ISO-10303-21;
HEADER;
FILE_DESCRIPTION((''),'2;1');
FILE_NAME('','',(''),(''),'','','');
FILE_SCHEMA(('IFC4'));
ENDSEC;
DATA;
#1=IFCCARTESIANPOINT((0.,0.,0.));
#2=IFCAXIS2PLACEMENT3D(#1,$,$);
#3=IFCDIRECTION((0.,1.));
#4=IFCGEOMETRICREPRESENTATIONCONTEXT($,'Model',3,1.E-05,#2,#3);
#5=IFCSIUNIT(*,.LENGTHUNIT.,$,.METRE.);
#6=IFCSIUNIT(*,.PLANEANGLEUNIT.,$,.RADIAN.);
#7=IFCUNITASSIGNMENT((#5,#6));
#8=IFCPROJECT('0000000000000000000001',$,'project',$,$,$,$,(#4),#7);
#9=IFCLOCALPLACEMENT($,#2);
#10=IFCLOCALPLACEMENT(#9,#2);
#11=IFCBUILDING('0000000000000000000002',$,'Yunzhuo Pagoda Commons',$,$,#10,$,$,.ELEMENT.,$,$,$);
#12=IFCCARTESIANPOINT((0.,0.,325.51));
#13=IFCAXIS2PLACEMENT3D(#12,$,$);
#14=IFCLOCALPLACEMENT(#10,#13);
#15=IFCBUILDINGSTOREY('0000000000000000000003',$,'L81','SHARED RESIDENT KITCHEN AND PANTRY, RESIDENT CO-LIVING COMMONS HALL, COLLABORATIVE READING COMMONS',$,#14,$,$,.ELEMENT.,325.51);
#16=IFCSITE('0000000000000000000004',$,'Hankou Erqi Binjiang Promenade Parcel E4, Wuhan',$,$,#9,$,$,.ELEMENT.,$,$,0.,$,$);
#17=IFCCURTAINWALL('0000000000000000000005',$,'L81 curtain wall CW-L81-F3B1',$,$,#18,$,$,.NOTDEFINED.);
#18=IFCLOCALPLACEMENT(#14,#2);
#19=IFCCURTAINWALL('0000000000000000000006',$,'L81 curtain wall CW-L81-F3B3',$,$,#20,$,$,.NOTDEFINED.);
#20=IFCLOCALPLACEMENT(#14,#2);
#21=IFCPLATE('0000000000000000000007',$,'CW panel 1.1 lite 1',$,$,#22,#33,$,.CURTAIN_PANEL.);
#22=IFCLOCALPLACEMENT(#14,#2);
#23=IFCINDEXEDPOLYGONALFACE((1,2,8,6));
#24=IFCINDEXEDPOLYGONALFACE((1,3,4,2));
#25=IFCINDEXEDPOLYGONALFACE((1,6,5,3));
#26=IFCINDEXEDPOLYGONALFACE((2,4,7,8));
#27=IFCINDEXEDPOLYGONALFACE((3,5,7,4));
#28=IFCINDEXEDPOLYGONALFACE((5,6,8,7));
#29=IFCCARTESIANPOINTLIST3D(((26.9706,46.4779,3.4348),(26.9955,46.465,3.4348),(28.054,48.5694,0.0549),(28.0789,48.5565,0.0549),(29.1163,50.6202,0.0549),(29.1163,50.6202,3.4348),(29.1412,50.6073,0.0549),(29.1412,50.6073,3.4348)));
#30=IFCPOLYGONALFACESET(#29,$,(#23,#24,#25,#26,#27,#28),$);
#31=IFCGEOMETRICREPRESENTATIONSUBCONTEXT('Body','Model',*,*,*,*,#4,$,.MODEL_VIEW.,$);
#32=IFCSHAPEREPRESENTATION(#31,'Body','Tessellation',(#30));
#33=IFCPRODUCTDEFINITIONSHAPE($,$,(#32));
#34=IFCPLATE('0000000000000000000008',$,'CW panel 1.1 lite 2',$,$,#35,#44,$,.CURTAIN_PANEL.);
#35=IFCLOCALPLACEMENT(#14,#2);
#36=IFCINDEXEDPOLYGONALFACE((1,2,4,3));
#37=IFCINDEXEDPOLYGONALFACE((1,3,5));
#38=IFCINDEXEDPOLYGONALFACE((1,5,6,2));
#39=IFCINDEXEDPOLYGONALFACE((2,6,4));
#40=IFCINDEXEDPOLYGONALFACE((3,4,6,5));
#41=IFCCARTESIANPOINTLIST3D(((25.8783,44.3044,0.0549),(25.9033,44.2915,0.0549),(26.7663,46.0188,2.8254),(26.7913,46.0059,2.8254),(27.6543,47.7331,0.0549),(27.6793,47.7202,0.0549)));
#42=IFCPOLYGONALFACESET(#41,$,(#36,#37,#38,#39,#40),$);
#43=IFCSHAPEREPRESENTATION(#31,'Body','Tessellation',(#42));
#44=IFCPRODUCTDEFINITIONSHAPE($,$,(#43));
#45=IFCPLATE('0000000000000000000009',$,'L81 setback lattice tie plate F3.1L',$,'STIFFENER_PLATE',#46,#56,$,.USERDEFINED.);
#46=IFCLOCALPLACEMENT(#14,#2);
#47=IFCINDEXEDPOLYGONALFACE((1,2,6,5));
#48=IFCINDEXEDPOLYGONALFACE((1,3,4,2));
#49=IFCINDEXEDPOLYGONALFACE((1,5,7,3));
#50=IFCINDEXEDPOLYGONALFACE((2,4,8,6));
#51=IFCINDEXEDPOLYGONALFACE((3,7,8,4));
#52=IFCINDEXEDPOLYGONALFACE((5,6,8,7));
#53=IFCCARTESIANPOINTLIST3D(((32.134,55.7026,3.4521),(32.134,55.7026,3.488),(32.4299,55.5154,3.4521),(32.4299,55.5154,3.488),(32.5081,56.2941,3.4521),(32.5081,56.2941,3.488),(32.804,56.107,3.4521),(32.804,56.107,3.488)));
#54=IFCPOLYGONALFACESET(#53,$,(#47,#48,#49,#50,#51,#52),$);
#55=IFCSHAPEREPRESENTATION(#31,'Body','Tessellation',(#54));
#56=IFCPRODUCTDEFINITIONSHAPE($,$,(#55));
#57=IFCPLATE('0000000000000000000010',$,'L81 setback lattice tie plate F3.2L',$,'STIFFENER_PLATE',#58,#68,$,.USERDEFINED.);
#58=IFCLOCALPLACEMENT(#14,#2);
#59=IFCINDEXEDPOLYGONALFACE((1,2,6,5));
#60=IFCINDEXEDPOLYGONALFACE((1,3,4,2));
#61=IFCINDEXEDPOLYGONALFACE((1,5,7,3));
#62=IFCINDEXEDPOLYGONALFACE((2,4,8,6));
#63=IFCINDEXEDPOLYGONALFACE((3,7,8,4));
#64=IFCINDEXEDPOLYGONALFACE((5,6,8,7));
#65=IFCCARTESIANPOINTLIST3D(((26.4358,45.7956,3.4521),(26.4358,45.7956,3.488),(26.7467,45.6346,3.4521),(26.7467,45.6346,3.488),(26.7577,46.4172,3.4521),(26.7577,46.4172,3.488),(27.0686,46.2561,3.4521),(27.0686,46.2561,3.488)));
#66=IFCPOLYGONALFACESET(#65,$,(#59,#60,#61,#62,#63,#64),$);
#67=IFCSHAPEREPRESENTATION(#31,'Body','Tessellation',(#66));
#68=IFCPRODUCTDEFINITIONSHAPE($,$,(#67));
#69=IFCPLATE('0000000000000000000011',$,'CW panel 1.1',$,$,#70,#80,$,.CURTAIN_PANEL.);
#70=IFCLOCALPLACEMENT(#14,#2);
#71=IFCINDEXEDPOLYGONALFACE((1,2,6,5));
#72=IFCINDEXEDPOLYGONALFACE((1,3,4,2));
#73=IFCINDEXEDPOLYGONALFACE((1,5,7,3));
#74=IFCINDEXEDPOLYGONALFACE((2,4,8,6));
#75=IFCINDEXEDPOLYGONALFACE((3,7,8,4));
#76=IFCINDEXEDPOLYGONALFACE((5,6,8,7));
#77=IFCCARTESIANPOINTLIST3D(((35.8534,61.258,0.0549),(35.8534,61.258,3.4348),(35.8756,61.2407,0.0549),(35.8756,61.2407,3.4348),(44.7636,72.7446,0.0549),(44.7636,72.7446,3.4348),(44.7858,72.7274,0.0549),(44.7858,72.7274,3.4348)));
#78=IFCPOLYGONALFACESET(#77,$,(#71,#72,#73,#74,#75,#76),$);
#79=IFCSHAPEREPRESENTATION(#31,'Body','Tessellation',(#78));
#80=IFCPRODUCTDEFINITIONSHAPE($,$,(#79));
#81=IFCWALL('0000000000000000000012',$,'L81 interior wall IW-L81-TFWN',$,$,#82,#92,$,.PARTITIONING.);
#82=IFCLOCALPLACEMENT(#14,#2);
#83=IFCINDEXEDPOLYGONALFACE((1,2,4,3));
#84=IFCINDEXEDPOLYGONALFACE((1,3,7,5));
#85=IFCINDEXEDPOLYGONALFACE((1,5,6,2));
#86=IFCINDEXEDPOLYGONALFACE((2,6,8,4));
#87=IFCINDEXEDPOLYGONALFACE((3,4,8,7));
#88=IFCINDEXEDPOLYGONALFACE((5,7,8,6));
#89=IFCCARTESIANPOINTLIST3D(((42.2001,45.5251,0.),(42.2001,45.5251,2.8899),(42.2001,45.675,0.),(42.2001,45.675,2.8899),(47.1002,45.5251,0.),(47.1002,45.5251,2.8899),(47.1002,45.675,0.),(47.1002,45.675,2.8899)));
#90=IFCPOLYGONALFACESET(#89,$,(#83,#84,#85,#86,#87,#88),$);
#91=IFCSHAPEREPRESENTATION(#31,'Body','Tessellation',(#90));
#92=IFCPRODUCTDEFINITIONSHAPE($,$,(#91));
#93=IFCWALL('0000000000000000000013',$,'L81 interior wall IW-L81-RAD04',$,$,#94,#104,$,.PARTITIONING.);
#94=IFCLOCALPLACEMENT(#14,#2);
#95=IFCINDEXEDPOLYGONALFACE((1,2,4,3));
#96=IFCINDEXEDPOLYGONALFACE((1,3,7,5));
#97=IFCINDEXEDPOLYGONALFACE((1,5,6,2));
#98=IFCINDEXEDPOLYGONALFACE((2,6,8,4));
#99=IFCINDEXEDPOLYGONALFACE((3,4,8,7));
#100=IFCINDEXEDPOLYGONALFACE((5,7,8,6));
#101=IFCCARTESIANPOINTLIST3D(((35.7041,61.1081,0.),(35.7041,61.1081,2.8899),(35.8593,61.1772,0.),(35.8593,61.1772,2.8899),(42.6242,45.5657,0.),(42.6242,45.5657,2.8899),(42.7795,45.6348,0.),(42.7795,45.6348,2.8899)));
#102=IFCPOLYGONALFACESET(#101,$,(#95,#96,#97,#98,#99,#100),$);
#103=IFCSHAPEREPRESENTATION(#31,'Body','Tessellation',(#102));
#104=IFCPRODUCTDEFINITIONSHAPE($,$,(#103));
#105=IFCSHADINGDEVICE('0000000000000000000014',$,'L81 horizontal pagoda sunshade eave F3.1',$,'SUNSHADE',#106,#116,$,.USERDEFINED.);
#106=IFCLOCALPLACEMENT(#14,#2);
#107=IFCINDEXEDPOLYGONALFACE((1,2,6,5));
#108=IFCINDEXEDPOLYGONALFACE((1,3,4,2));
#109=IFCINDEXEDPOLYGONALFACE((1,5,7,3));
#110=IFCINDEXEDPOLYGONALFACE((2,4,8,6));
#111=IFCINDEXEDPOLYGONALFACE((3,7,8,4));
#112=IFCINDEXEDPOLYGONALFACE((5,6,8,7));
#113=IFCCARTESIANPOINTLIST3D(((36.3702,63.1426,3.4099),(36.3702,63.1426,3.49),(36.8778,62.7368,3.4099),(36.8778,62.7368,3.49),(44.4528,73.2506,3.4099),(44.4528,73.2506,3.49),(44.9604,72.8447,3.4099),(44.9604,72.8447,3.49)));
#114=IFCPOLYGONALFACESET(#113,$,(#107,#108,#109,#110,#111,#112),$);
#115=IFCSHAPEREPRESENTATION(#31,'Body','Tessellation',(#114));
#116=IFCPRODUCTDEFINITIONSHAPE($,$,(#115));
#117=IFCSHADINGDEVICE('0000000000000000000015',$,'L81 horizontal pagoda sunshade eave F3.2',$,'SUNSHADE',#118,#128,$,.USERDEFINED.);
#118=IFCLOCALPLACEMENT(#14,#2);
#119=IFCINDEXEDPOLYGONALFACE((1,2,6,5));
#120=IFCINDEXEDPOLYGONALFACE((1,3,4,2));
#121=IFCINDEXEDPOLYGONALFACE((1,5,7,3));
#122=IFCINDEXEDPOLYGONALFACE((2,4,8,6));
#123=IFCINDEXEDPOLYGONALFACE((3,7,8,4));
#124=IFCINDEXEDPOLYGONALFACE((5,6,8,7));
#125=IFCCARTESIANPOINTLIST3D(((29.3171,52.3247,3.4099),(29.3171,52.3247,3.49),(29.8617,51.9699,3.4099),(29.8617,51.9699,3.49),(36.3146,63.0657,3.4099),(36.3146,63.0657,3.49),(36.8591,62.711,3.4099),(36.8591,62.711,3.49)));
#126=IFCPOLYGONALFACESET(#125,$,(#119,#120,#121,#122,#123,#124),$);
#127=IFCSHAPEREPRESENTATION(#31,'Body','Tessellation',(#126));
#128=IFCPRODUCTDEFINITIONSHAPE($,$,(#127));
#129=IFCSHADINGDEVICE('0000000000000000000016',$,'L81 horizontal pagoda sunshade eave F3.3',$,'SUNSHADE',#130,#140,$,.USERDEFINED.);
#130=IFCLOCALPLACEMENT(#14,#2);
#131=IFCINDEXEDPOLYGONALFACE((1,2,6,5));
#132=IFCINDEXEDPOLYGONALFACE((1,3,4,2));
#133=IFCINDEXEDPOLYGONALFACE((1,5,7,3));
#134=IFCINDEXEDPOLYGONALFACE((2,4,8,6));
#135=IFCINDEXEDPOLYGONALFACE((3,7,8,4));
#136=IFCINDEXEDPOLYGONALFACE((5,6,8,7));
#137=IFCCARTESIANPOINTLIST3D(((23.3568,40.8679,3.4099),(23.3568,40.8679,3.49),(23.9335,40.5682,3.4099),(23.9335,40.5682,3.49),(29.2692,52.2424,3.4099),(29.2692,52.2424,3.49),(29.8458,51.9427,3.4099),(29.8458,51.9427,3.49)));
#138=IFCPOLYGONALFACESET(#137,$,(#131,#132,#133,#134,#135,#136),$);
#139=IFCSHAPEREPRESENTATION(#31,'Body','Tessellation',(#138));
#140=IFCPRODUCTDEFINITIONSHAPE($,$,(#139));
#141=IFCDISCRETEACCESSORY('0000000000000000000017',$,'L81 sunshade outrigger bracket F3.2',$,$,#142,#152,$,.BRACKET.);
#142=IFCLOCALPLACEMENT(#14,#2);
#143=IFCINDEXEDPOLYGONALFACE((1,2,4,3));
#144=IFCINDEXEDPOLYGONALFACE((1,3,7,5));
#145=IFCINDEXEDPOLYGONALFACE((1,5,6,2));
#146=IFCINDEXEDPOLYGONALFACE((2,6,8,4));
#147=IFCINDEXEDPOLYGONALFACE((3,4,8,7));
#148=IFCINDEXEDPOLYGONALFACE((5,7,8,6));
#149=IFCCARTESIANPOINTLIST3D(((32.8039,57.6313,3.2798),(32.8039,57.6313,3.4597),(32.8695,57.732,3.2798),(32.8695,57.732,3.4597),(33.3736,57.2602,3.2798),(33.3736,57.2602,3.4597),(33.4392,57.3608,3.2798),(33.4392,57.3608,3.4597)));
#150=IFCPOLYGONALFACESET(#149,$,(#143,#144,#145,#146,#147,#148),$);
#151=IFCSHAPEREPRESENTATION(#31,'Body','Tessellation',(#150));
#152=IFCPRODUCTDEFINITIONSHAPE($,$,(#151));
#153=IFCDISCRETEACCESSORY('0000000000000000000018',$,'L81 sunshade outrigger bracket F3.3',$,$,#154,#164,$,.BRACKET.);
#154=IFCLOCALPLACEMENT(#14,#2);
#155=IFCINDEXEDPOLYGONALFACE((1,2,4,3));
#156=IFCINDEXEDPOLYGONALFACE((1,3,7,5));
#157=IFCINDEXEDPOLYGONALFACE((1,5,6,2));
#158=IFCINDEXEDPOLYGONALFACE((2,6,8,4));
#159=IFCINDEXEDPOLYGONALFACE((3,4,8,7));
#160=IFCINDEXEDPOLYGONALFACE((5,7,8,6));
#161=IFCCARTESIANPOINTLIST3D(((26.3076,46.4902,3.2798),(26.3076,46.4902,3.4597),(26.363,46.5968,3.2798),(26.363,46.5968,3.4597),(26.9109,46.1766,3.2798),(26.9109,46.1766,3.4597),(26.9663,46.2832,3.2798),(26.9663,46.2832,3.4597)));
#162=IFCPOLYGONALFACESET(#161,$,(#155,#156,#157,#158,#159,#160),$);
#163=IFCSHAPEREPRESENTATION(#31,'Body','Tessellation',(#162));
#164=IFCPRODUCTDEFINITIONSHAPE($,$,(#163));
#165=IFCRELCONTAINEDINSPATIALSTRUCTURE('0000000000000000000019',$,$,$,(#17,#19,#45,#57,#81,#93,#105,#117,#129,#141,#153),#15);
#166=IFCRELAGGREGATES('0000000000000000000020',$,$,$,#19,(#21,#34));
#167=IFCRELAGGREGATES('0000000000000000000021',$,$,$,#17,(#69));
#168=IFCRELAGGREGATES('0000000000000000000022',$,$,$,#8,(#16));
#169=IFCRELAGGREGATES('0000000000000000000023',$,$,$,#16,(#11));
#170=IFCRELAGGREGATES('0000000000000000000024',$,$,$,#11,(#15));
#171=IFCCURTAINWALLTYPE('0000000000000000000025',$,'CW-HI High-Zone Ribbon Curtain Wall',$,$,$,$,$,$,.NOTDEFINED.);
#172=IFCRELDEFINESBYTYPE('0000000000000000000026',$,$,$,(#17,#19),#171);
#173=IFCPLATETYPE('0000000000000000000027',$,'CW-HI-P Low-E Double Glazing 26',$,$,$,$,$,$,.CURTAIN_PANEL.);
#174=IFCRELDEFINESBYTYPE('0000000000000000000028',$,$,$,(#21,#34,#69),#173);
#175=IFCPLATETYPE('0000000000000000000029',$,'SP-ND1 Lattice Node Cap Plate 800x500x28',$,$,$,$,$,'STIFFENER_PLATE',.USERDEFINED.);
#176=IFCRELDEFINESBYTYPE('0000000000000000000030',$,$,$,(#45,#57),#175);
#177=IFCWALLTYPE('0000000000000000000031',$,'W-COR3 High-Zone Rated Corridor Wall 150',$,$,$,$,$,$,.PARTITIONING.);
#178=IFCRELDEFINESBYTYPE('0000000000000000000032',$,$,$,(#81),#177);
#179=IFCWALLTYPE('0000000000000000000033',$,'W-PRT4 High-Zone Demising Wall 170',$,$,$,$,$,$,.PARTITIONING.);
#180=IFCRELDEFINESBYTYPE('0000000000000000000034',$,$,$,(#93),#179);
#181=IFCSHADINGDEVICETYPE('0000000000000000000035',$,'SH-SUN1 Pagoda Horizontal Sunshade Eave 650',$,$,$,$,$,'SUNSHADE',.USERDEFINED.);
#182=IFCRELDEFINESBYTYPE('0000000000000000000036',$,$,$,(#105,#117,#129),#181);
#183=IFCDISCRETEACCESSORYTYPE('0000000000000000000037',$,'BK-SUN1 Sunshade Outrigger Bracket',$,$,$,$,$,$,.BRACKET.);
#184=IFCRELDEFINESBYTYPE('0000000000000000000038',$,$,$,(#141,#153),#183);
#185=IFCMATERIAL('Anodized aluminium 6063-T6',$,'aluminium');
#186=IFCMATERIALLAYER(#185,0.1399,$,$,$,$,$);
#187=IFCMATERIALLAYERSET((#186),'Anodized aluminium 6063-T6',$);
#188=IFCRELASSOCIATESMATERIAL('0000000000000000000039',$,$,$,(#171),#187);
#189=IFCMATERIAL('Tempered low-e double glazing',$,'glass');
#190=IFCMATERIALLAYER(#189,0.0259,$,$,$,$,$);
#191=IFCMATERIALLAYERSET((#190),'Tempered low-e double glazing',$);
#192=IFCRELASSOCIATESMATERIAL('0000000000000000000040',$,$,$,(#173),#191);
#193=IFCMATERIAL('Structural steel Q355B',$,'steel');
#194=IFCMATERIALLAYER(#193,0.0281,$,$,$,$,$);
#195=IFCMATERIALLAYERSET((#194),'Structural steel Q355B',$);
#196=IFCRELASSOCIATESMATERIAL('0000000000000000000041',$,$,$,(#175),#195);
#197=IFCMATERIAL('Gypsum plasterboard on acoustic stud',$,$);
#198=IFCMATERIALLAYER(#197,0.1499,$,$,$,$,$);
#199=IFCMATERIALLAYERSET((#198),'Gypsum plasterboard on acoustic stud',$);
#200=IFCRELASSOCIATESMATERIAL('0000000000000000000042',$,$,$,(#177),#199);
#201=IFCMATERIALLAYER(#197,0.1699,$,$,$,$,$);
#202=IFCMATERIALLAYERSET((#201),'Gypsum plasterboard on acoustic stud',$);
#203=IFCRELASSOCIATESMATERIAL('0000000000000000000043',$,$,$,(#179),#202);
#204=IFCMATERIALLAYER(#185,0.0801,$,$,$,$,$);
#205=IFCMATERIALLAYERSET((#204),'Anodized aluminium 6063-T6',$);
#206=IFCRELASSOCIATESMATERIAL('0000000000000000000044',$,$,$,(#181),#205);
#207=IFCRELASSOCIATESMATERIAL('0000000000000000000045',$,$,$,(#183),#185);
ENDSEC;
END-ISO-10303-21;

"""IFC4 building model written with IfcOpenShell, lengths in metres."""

from ifc_helpers import new_model, si_unit, direction, frame, frame_2d, origin, origin_2d, place, context, subcontext, project, spatial, polyline, rectangle, outline, extrude, source, transform, mapped, material, layer, layer_set, type_object, element, aggregate, save


model = new_model("IFC4")

# Units and contexts
model_context = context("Model", 3, precision=1e-05, world=origin(), true_north=direction((0.0, 1.0)))
body_context = subcontext(model_context, "Body", "Model", "MODEL_VIEW")
ifc_project = project(units=[si_unit("LENGTHUNIT", "METRE"), si_unit("PLANEANGLEUNIT", "RADIAN")], contexts=[model_context])

# Site, building, storey
site_placement = place(None, origin())
site = spatial("IfcSite", under=ifc_project, at=site_placement, Name="Hankou Erqi Binjiang Promenade Parcel E4, Wuhan", CompositionType="ELEMENT", RefElevation=0.0)
building_placement = place(site_placement, origin())
building = spatial("IfcBuilding", under=site, at=building_placement, Name="Yunzhuo Pagoda Commons", CompositionType="ELEMENT")
storey_placement = place(building_placement, frame((0.0, 0.0, 325.51)))
storey = spatial("IfcBuildingStorey", under=building, at=storey_placement, Name="L81", Description="SHARED RESIDENT KITCHEN AND PANTRY, RESIDENT CO-LIVING COMMONS HALL, COLLABORATIVE READING COMMONS", CompositionType="ELEMENT", Elevation=325.51)

# Shared definitions
ifc_material_1 = material(Name="Structural steel Q355B", Category="steel")

# Curtain walls
ifc_material_2 = material(Name="Anodized aluminium 6063-T6", Category="aluminium")
ifc_layer_1 = layer(ifc_material_2, 0.1399)
ifc_layer_set_1 = layer_set([ifc_layer_1], Name="Anodized aluminium 6063-T6")
curtain_wall_type = type_object("IfcCurtainWallType", Name="CW-HI High-Zone Ribbon Curtain Wall", PredefinedType="NOTDEFINED", material=ifc_layer_set_1)
curtain_wall_1_placement = place(storey_placement, origin())
curtain_wall_1 = element("IfcCurtainWall", 1, at=curtain_wall_1_placement, inside=storey, type_object=curtain_wall_type, Name="L81 curtain wall CW-L81-F3B1", PredefinedType="NOTDEFINED")
curtain_wall_2_placement = place(storey_placement, origin())
curtain_wall_2 = element("IfcCurtainWall", 2, at=curtain_wall_2_placement, inside=storey, type_object=curtain_wall_type, Name="L81 curtain wall CW-L81-F3B3", PredefinedType="NOTDEFINED")

# Plates
ifc_material_3 = material(Name="Tempered low-e double glazing", Category="glass")
ifc_layer_2 = layer(ifc_material_3, 0.0259)
ifc_layer_set_2 = layer_set([ifc_layer_2], Name="Tempered low-e double glazing")
plate_type_1 = type_object("IfcPlateType", Name="CW-HI-P Low-E Double Glazing 26", PredefinedType="CURTAIN_PANEL", material=ifc_layer_set_2)
plate_1_placement = place(storey_placement, frame((28.0684, 48.5361, 1.7449), z_axis=(-0.887948, 0.459945, 0.0), x_axis=(-0.459945, -0.887948, 0.0)))
plate_1 = element("IfcPlate", 3, at=plate_1_placement, type_object=plate_type_1, Name="CW panel 1.1 lite 1", PredefinedType="CURTAIN_PANEL", context=body_context, shape_type="SweptSolid", body=[
    extrude(outline(polyline([(-2.3325, -1.6899), (-0.0229, -1.6899), (2.3325, 1.6899), (-2.3325, 1.6899), (-2.3325, -1.6899)])), origin(), (0.0, 0.0, 1.0), 0.0281),
])
plate_2_placement = place(storey_placement, frame((26.7913, 46.0059, 1.4402), z_axis=(-0.887948, 0.459945, 0.0), x_axis=(-0.459945, -0.887948, 0.0)))
plate_2 = element("IfcPlate", 4, at=plate_2_placement, type_object=plate_type_1, Name="CW panel 1.1 lite 2", PredefinedType="CURTAIN_PANEL", context=body_context, shape_type="SweptSolid", body=[
    extrude(outline(polyline([(-1.9307, -1.3853), (1.9307, -1.3853), (0.0, 1.3853), (-1.9307, -1.3853)])), origin(), (0.0, 0.0, 1.0), 0.0281),
])
aggregate(curtain_wall_2, [plate_1, plate_2])

# Plates
ifc_layer_3 = layer(ifc_material_1, 0.0281)
ifc_layer_set_3 = layer_set([ifc_layer_3], Name="Structural steel Q355B")
plate_type_2 = type_object("IfcPlateType", Name="SP-ND1 Lattice Node Cap Plate 800x500x28", ElementType="STIFFENER_PLATE", PredefinedType="USERDEFINED", material=ifc_layer_set_3)
shared_shape_1 = source(origin(), body_context, "Body", "SweptSolid", [
    extrude(rectangle(XDim=0.7, YDim=0.3501, at=origin_2d()), origin(), (0.0, 0.0, 1.0), 0.0359),
])
for number, where, z_axis, x_axis, name in (
    (5, (32.469, 55.9048, 3.4521), (0.0, 0.0, 1.0), (-0.534529, -0.84515, 0.0), "L81 setback lattice tie plate F3.1L"),
    (6, (26.7522, 46.0259, 3.4521), (0.0, 0.0, 1.0), (-0.459952, -0.887944, 0.0), "L81 setback lattice tie plate F3.2L"),
):
    element("IfcPlate", number, at=place(storey_placement, frame(where, z_axis=z_axis, x_axis=x_axis)), inside=storey, type_object=plate_type_2, Name=name, ObjectType="STIFFENER_PLATE", PredefinedType="USERDEFINED", context=body_context, shape_type="MappedRepresentation", body=[
        mapped(shared_shape_1, transform((0.0, 0.0, 0.0), scale=1.0)),
    ])

# Plate
shared_shape_2 = source(origin(), body_context, "Body", "SweptSolid", [
    extrude(rectangle(XDim=14.5374, YDim=0.0281, at=origin_2d()), origin(), (0.0, 0.0, 1.0), 3.3799),
])
plate_3_placement = place(storey_placement, frame((40.3196, 66.9927, 0.0549), z_axis=(0.0, 0.0, 1.0), x_axis=(-0.612918, -0.790147, 0.0)))
plate_3 = element("IfcPlate", 7, at=plate_3_placement, type_object=plate_type_1, Name="CW panel 1.1", PredefinedType="CURTAIN_PANEL", context=body_context, shape_type="MappedRepresentation", body=[
    mapped(shared_shape_2, transform((0.0, 0.0, 0.0), scale=1.0)),
])
aggregate(curtain_wall_1, [plate_3])

# Walls
ifc_material_4 = material(Name="Gypsum plasterboard on acoustic stud")
ifc_layer_4 = layer(ifc_material_4, 0.1499)
ifc_layer_set_4 = layer_set([ifc_layer_4], Name="Gypsum plasterboard on acoustic stud")
wall_type_1 = type_object("IfcWallType", Name="W-COR3 High-Zone Rated Corridor Wall 150", PredefinedType="PARTITIONING", material=ifc_layer_set_4)
wall_1_placement = place(storey_placement, frame((42.2, 45.6001, 0.0), z_axis=(0.0, 0.0, 1.0), x_axis=(1.0, 0.0, 0.0)))
element("IfcWall", 8, at=wall_1_placement, inside=storey, type_object=wall_type_1, Name="L81 interior wall IW-L81-TFWN", PredefinedType="PARTITIONING", context=body_context, shape_type="SweptSolid", body=[
    extrude(rectangle(XDim=4.9001, YDim=0.1499, at=frame_2d((2.4502, 0.0))), origin(), (0.0, 0.0, 1.0), 2.8899),
])
ifc_layer_5 = layer(ifc_material_4, 0.1699)
ifc_layer_set_5 = layer_set([ifc_layer_5], Name="Gypsum plasterboard on acoustic stud")
wall_type_2 = type_object("IfcWallType", Name="W-PRT4 High-Zone Demising Wall 170", PredefinedType="PARTITIONING", material=ifc_layer_set_5)
wall_2_placement = place(storey_placement, frame((42.7019, 45.6001, 0.0), z_axis=(0.0, 0.0, 1.0), x_axis=(-0.406747, 0.913541, 0.0)))
element("IfcWall", 9, at=wall_2_placement, inside=storey, type_object=wall_type_2, Name="L81 interior wall IW-L81-RAD04", PredefinedType="PARTITIONING", context=body_context, shape_type="SweptSolid", body=[
    extrude(rectangle(XDim=17.0134, YDim=0.1699, at=frame_2d((8.5068, 0.0))), origin(), (0.0, 0.0, 1.0), 2.8899),
])

# Shading devices
ifc_layer_6 = layer(ifc_material_2, 0.0801)
ifc_layer_set_6 = layer_set([ifc_layer_6], Name="Anodized aluminium 6063-T6")
shading_device_type = type_object("IfcShadingDeviceType", Name="SH-SUN1 Pagoda Horizontal Sunshade Eave 650", ElementType="SUNSHADE", PredefinedType="USERDEFINED", material=ifc_layer_set_6)
shared_shape_3 = source(origin(), body_context, "Body", "SweptSolid", [
    extrude(rectangle(XDim=12.9421, YDim=0.6499, at=origin_2d()), origin(), (0.0, 0.0, 1.0), 0.0801),
])
shading_device_placement = place(storey_placement, frame((40.6653, 67.9937, 3.4099), z_axis=(0.0, 0.0, 1.0), x_axis=(-0.62452, -0.781008, 0.0)))
element("IfcShadingDevice", 10, at=shading_device_placement, inside=storey, type_object=shading_device_type, Name="L81 horizontal pagoda sunshade eave F3.1", ObjectType="SUNSHADE", PredefinedType="USERDEFINED", context=body_context, shape_type="MappedRepresentation", body=[
    mapped(shared_shape_3, transform((0.0, 0.0, 0.0), scale=1.0)),
])
shared_shape_4 = source(origin(), body_context, "Body", "SweptSolid", [
    extrude(rectangle(XDim=12.8193, YDim=0.6499, at=origin_2d()), origin(), (0.0, 0.0, 1.0), 0.0801),
])
for number, where, z_axis, x_axis, name in (
    (11, (33.0881, 57.5178, 3.4099), (0.0, 0.0, 1.0), (-0.545853, -0.837881, 0.0), "L81 horizontal pagoda sunshade eave F3.2"),
    (12, (26.6013, 46.4053, 3.4099), (0.0, 0.0, 1.0), (-0.461207, -0.887293, 0.0), "L81 horizontal pagoda sunshade eave F3.3"),
):
    element("IfcShadingDevice", number, at=place(storey_placement, frame(where, z_axis=z_axis, x_axis=x_axis)), inside=storey, type_object=shading_device_type, Name=name, ObjectType="SUNSHADE", PredefinedType="USERDEFINED", context=body_context, shape_type="MappedRepresentation", body=[
        mapped(shared_shape_4, transform((0.0, 0.0, 0.0), scale=1.0)),
    ])

# Discrete accessories
discrete_accessory_type = type_object("IfcDiscreteAccessoryType", Name="BK-SUN1 Sunshade Outrigger Bracket", PredefinedType="BRACKET", material=ifc_material_2)
shared_shape_5 = source(origin(), body_context, "Body", "SweptSolid", [
    extrude(rectangle(XDim=0.1201, YDim=0.6799, at=origin_2d()), origin(), (0.0, 0.0, 1.0), 0.1799),
])
for number, where, z_axis, x_axis, name in (
    (13, (33.1216, 57.4961, 3.2798), (0.0, 0.0, 1.0), (-0.545853, -0.837881, 0.0), "L81 sunshade outrigger bracket F3.2"),
    (14, (26.637, 46.3867, 3.2798), (0.0, 0.0, 1.0), (-0.461207, -0.887293, 0.0), "L81 sunshade outrigger bracket F3.3"),
):
    element("IfcDiscreteAccessory", number, at=place(storey_placement, frame(where, z_axis=z_axis, x_axis=x_axis)), inside=storey, type_object=discrete_accessory_type, Name=name, PredefinedType="BRACKET", context=body_context, shape_type="MappedRepresentation", body=[
        mapped(shared_shape_5, transform((0.0, 0.0, 0.0), scale=1.0)),
    ])

save(model, "model.ifc")
